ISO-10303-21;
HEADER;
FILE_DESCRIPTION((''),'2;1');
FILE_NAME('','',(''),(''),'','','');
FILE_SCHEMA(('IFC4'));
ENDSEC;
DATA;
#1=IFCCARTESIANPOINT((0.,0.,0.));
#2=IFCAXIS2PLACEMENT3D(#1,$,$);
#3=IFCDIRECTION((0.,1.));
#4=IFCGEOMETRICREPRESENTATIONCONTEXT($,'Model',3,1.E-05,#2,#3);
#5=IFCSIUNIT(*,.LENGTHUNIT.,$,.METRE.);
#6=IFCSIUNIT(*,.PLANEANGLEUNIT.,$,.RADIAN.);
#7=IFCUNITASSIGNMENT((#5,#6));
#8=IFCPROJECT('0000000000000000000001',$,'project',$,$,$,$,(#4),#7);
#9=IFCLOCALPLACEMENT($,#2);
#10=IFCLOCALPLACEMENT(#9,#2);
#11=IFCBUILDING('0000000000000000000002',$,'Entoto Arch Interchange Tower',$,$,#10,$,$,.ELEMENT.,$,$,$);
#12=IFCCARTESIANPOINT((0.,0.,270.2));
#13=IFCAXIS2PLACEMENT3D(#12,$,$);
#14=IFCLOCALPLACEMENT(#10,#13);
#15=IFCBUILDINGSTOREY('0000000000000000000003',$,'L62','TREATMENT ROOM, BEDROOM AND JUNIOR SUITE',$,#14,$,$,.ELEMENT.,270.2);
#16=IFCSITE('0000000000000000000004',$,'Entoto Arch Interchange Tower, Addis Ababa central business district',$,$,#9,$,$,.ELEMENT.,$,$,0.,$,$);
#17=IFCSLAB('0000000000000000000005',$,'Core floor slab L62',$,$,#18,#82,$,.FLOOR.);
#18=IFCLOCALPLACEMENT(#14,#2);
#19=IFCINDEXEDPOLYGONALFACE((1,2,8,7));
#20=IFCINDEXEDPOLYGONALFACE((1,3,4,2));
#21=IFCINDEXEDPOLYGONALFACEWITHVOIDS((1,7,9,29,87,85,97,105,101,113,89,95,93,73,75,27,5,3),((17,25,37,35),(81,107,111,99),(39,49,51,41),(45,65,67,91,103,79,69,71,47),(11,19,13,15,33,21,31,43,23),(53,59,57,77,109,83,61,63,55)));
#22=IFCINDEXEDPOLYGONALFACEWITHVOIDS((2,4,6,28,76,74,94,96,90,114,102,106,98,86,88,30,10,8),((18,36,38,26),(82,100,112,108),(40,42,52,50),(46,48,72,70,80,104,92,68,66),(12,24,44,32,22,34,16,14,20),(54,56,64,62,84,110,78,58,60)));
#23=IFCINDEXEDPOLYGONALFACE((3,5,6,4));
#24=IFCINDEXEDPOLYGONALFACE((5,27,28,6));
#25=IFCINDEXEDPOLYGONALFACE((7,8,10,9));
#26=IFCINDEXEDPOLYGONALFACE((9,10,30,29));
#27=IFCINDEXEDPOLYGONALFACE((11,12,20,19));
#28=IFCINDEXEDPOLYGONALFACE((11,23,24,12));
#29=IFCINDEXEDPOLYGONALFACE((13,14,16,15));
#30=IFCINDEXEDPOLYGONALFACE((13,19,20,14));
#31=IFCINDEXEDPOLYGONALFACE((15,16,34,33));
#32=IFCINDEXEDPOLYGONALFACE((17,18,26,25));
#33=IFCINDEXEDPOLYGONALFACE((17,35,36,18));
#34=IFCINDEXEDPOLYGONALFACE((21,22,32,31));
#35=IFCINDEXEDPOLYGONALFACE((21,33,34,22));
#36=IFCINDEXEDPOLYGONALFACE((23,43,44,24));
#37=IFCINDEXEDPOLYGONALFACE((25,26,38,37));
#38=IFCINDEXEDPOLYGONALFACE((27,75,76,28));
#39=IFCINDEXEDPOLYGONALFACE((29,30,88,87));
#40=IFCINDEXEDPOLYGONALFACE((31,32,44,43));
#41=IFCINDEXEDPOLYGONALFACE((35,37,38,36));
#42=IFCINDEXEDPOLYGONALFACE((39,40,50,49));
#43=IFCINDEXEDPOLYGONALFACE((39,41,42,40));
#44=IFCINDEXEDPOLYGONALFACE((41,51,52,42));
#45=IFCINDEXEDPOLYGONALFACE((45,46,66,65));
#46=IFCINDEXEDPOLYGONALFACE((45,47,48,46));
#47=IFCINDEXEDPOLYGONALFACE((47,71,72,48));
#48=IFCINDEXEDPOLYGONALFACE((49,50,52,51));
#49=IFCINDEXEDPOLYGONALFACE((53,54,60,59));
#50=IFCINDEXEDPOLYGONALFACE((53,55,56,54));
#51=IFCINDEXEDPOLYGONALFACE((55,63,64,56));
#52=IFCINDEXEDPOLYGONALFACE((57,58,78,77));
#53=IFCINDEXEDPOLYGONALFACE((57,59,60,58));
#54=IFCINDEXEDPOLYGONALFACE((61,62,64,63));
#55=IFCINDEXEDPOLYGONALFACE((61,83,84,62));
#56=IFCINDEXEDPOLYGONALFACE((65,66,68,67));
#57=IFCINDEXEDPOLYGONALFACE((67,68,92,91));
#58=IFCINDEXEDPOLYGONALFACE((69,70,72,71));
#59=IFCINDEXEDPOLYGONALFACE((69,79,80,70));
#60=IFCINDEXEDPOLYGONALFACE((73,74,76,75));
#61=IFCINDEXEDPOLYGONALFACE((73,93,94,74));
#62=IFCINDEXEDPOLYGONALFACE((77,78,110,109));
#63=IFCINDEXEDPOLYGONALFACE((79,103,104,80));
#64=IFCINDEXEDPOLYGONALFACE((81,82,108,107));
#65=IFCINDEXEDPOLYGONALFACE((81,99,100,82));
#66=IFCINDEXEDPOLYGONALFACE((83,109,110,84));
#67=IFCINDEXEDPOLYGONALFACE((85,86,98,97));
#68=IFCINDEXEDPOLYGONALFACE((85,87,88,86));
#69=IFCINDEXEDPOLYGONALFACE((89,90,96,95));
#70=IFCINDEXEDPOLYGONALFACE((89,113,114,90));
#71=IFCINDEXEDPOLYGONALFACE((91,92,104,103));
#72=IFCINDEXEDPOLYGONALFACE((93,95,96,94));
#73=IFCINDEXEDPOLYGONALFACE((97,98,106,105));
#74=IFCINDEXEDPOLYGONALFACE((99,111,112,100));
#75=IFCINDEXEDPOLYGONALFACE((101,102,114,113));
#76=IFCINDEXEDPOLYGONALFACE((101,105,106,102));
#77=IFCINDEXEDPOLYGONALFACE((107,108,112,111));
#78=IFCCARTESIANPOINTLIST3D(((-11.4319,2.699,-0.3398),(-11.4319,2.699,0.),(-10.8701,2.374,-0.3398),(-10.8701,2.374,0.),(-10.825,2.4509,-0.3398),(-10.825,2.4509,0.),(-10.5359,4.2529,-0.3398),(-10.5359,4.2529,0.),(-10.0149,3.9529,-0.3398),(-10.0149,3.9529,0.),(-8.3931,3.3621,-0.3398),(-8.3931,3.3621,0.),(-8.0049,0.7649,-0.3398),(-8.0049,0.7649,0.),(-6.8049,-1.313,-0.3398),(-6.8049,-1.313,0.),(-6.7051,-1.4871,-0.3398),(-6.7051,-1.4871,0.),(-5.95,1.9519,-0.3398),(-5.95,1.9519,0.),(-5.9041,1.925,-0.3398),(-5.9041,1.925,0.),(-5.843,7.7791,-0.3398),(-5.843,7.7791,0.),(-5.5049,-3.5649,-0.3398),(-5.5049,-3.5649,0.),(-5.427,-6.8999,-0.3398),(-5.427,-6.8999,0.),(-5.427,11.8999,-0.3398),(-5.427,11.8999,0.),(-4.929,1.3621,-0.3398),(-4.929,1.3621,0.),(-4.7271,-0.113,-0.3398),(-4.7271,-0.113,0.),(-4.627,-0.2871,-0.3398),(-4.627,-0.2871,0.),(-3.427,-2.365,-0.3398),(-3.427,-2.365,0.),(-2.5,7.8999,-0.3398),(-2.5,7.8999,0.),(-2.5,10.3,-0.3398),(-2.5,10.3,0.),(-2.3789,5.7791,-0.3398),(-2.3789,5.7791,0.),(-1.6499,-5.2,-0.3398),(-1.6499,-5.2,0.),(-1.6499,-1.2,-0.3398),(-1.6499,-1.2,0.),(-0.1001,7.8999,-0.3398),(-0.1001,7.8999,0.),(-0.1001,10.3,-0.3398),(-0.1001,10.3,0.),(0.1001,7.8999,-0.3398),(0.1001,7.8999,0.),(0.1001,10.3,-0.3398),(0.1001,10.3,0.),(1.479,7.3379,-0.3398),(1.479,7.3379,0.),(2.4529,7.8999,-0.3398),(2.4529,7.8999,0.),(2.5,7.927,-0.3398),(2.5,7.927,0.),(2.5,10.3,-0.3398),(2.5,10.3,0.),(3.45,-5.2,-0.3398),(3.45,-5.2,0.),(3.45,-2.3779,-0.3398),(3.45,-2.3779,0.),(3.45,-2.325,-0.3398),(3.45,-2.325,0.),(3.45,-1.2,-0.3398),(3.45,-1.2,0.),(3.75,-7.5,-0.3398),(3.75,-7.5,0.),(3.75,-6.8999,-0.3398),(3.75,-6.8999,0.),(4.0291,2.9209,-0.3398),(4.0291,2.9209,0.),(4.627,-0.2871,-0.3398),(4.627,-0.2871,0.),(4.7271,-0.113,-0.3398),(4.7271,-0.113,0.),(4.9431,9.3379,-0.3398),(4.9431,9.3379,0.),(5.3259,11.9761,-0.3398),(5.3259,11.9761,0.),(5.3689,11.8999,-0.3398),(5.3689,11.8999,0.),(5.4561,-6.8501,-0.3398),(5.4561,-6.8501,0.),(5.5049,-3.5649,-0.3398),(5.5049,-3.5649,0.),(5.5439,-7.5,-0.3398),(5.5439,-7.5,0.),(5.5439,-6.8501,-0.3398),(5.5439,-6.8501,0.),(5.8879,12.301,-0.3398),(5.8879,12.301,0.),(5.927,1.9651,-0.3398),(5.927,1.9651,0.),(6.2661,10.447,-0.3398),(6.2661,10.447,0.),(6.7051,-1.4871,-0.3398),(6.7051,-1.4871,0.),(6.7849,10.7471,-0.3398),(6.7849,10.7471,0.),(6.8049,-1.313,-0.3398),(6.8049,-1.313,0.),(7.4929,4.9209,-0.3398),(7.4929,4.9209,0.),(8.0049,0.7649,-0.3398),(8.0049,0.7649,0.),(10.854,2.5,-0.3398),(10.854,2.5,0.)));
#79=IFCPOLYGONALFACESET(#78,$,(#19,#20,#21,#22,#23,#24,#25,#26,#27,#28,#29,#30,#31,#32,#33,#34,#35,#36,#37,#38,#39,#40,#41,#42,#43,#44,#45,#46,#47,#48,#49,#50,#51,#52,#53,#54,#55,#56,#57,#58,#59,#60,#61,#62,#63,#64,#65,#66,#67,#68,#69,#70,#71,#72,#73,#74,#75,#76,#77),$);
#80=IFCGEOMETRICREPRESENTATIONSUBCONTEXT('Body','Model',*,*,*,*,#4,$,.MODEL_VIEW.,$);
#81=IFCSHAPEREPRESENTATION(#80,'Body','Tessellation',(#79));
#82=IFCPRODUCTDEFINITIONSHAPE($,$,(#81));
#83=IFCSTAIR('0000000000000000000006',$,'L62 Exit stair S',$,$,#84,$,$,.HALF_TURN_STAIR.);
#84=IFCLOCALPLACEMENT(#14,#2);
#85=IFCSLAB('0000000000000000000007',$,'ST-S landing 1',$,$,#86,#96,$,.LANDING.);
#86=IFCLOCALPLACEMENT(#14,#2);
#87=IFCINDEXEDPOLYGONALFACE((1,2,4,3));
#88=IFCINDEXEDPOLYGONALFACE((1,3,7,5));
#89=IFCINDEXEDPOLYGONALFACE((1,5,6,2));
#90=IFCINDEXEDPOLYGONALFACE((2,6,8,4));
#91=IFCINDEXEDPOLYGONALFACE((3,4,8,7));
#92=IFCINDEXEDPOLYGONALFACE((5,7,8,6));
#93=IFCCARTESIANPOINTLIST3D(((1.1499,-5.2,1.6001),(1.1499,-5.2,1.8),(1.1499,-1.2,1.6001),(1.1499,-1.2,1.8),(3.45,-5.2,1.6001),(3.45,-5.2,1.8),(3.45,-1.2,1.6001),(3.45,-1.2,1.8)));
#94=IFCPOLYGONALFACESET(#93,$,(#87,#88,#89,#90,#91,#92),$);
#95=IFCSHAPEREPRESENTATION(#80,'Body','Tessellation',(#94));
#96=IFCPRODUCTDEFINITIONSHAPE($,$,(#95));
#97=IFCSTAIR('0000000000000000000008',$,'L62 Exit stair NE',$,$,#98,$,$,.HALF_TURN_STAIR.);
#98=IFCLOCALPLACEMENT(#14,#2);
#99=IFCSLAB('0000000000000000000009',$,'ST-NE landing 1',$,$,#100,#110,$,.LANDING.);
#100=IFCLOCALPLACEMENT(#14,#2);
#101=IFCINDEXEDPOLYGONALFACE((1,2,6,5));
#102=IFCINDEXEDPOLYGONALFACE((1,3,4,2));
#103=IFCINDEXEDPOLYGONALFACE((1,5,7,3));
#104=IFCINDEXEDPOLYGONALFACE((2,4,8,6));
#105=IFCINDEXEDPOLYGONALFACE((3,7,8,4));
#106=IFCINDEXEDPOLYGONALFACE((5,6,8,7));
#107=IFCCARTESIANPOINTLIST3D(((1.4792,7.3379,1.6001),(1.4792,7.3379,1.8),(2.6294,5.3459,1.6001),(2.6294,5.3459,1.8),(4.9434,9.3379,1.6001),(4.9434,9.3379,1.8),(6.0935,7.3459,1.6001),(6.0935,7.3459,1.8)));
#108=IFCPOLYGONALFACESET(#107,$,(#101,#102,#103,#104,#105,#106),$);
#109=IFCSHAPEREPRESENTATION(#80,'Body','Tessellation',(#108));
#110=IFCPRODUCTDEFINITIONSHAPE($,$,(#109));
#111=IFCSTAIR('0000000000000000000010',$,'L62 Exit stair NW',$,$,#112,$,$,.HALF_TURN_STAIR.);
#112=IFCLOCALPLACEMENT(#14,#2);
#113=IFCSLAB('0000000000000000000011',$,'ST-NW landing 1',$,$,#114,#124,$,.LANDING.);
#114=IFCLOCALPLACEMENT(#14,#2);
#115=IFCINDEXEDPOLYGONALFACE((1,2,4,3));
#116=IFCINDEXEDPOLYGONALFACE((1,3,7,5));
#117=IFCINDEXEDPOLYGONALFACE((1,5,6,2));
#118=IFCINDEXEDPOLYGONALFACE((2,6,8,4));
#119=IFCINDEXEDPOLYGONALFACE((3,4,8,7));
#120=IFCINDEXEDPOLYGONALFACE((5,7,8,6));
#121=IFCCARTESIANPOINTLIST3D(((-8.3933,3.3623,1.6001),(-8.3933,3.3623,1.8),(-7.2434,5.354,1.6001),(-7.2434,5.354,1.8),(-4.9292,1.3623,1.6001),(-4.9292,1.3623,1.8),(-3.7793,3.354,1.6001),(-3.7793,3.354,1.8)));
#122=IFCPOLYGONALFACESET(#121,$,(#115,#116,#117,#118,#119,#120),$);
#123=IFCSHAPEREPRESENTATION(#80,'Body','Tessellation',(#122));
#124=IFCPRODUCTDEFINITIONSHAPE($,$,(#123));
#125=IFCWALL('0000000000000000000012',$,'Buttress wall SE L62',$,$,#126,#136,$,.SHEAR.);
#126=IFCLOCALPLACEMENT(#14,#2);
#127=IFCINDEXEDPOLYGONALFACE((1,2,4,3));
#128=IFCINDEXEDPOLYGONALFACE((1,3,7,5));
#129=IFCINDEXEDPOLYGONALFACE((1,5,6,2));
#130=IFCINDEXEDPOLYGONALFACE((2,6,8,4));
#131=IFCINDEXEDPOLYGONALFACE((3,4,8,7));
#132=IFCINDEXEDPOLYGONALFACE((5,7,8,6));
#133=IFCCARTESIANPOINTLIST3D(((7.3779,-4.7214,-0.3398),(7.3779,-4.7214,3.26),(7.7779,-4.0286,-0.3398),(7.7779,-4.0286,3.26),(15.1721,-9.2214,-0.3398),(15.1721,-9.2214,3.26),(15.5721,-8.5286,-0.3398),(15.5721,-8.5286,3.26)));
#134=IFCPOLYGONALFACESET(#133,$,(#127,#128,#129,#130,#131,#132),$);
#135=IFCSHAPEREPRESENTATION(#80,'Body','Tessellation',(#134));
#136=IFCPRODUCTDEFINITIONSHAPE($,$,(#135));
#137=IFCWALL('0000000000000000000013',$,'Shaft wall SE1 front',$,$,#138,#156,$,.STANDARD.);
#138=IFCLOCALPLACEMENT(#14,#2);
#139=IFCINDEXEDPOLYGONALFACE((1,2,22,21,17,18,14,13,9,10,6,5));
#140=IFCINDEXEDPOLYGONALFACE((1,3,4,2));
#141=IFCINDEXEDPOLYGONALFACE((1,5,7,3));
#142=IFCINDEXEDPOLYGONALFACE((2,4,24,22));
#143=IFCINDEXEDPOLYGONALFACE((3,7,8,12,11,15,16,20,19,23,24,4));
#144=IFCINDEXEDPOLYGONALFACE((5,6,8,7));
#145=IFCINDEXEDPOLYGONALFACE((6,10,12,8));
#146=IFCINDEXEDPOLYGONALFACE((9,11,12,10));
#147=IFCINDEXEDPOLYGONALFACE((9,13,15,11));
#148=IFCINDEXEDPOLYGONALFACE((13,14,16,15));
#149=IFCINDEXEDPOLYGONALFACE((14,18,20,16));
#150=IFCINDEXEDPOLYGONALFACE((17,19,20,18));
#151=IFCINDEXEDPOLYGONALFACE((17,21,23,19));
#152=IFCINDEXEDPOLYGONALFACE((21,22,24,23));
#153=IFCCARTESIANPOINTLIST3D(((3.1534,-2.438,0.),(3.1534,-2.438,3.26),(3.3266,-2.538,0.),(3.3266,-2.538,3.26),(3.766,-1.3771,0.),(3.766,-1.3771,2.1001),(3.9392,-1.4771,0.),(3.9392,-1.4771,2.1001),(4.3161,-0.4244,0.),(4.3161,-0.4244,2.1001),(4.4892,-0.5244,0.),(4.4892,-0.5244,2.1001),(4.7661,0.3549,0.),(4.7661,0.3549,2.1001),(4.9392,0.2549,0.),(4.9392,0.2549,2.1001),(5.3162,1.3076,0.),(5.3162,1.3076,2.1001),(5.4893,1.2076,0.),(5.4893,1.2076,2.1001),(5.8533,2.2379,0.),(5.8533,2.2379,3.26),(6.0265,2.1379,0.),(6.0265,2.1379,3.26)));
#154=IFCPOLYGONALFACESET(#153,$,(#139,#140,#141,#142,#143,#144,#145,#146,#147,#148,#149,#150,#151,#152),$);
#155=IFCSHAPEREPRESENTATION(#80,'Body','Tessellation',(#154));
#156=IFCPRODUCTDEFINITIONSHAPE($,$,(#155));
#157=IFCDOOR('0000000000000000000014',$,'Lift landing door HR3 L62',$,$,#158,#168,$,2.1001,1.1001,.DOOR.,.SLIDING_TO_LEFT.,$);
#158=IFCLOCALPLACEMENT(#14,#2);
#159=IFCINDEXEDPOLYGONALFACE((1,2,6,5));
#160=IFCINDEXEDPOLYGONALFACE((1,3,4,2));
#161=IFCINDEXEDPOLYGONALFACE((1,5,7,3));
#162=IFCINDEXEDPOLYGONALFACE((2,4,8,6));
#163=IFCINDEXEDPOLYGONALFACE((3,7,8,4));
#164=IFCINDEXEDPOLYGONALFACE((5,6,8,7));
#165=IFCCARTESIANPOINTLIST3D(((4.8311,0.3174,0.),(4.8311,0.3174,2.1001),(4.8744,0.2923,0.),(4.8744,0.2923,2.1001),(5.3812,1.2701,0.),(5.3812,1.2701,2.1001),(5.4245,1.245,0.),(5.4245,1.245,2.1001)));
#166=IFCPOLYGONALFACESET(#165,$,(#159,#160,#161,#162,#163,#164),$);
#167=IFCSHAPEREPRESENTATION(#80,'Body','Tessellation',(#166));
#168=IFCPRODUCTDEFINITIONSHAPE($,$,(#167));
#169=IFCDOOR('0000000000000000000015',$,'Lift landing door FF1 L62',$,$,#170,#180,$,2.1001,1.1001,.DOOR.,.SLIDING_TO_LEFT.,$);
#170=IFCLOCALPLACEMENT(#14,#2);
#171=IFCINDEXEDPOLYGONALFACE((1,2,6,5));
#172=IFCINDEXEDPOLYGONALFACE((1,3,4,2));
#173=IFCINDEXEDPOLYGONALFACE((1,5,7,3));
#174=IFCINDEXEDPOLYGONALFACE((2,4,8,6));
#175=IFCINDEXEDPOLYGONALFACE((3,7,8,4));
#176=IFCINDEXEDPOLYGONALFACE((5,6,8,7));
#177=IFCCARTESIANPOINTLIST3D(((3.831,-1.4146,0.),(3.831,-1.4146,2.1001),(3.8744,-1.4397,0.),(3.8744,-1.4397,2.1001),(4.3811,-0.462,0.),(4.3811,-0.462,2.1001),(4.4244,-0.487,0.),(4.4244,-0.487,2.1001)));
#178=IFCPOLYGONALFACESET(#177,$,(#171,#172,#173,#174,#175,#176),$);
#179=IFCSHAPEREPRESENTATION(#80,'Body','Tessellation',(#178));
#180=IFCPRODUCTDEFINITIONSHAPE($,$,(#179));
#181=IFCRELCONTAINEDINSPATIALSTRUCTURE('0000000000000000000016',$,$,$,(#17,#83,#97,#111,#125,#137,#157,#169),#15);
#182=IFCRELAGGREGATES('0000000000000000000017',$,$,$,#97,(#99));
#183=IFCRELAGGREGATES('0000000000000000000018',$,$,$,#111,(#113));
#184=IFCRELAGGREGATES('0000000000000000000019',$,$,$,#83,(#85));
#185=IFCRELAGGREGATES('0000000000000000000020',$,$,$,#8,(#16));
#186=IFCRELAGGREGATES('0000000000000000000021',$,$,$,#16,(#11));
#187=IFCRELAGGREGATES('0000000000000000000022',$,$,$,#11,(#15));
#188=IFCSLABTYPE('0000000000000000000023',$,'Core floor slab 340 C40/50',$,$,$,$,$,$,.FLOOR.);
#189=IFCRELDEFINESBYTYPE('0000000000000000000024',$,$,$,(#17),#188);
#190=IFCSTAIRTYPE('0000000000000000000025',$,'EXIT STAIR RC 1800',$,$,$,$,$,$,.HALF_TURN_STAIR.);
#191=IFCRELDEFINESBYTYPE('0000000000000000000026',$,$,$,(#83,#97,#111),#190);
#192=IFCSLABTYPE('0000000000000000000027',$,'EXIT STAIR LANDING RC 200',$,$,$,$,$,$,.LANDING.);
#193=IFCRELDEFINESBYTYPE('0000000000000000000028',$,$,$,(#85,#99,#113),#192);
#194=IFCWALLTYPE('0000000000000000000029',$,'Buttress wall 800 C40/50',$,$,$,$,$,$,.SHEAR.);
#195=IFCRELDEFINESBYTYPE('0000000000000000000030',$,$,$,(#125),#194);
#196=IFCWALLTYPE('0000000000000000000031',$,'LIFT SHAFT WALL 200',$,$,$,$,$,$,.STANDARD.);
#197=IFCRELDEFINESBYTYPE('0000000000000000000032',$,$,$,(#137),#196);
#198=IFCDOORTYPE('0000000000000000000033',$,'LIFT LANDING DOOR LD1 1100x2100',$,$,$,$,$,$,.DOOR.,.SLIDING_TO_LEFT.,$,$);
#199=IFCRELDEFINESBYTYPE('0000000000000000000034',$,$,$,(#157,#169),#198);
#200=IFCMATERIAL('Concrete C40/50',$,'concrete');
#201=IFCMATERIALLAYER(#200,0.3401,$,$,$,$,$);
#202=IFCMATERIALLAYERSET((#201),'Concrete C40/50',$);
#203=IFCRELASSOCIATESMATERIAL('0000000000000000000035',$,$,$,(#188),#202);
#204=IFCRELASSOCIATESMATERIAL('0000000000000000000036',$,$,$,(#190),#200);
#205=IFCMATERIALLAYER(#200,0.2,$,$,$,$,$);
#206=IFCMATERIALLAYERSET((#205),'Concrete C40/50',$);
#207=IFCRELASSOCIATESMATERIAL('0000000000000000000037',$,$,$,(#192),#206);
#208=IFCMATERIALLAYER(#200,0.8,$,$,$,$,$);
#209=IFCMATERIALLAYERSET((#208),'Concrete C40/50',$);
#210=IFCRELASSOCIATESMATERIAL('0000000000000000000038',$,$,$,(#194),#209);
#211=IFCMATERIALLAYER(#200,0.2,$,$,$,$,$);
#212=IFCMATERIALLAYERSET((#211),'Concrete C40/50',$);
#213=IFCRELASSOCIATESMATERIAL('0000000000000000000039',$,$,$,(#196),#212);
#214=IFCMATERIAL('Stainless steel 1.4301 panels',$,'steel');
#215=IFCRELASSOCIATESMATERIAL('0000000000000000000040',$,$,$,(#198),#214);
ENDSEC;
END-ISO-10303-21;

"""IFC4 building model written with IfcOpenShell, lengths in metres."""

from ifc_helpers import new_model, si_unit, direction, frame, frame_2d, origin, place, context, subcontext, project, spatial, polyline, rectangle, outline, extrude, material, layer, layer_set, type_object, element, fill, aggregate, save


model = new_model("IFC4")

# Units and contexts
model_context = context("Model", 3, precision=1e-05, world=origin(), true_north=direction((0.0, 1.0)))
body_context = subcontext(model_context, "Body", "Model", "MODEL_VIEW")
ifc_project = project(units=[si_unit("LENGTHUNIT", "METRE"), si_unit("PLANEANGLEUNIT", "RADIAN")], contexts=[model_context])

# Site, building, storey
site_placement = place(None, origin())
site = spatial("IfcSite", under=ifc_project, at=site_placement, Name="Entoto Arch Interchange Tower, Addis Ababa central business district", CompositionType="ELEMENT", RefElevation=0.0)
building_placement = place(site_placement, origin())
building = spatial("IfcBuilding", under=site, at=building_placement, Name="Entoto Arch Interchange Tower", CompositionType="ELEMENT")
storey_placement = place(building_placement, frame((0.0, 0.0, 270.2)))
storey = spatial("IfcBuildingStorey", under=building, at=storey_placement, Name="L62", Description="TREATMENT ROOM, BEDROOM AND JUNIOR SUITE", CompositionType="ELEMENT", Elevation=270.2)

# Slab
ifc_material_1 = material(Name="Concrete C40/50", Category="concrete")
ifc_layer_1 = layer(ifc_material_1, 0.3401)
ifc_layer_set_1 = layer_set([ifc_layer_1], Name="Concrete C40/50")
slab_type_1 = type_object("IfcSlabType", Name="Core floor slab 340 C40/50", PredefinedType="FLOOR", material=ifc_layer_set_1)
slab_1_placement = place(storey_placement, frame((0.0, 0.0, -0.3398)))
element("IfcSlab", 1, at=slab_1_placement, inside=storey, type_object=slab_type_1, Name="Core floor slab L62", PredefinedType="FLOOR", context=body_context, shape_type="SweptSolid", body=[
    extrude(outline(polyline([(-10.825, 2.4509), (-10.8701, 2.374), (-11.4319, 2.699), (-10.5359, 4.2529), (-10.0149, 3.9529), (-5.427, 11.8999), (5.3689, 11.8999), (5.3259, 11.9761), (5.8879, 12.301), (6.7849, 10.7471), (6.2661, 10.447), (10.854, 2.5), (5.4561, -6.8501), (5.5439, -6.8501), (5.5439, -7.5), (3.75, -7.5), (3.75, -6.8999), (-5.427, -6.8999), (-10.825, 2.4509)]), holes=[polyline([(-1.6499, -5.2), (3.45, -5.2), (3.45, -2.3779), (5.5049, -3.5649), (6.7051, -1.4871), (4.627, -0.2871), (3.45, -2.325), (3.45, -1.2), (-1.6499, -1.2), (-1.6499, -5.2)]), polyline([(-4.627, -0.2871), (-6.7051, -1.4871), (-5.5049, -3.5649), (-3.427, -2.365), (-4.627, -0.2871)]), polyline([(-5.9041, 1.925), (-4.929, 1.3621), (-2.3789, 5.7791), (-5.843, 7.7791), (-8.3931, 3.3621), (-5.95, 1.9519), (-8.0049, 0.7649), (-6.8049, -1.313), (-4.7271, -0.113), (-5.9041, 1.925)]), polyline([(4.7271, -0.113), (6.8049, -1.313), (8.0049, 0.7649), (5.927, 1.9651), (4.7271, -0.113)]), polyline([(2.5, 7.927), (2.5, 10.3), (0.1001, 10.3), (0.1001, 7.8999), (2.4529, 7.8999), (1.479, 7.3379), (4.0291, 2.9209), (7.4929, 4.9209), (4.9431, 9.3379), (2.5, 7.927)]), polyline([(-2.5, 7.8999), (-0.1001, 7.8999), (-0.1001, 10.3), (-2.5, 10.3), (-2.5, 7.8999)])]), origin(), (0.0, 0.0, 1.0), 0.3398),
])

# Stairs, slabs
stair_type = type_object("IfcStairType", Name="EXIT STAIR RC 1800", PredefinedType="HALF_TURN_STAIR", material=ifc_material_1)
stair_1_placement = place(storey_placement, origin())
stair_1 = element("IfcStair", 2, at=stair_1_placement, inside=storey, type_object=stair_type, Name="L62 Exit stair S", PredefinedType="HALF_TURN_STAIR")
ifc_layer_2 = layer(ifc_material_1, 0.2)
ifc_layer_set_2 = layer_set([ifc_layer_2], Name="Concrete C40/50")
slab_type_2 = type_object("IfcSlabType", Name="EXIT STAIR LANDING RC 200", PredefinedType="LANDING", material=ifc_layer_set_2)
slab_2_placement = place(storey_placement, frame((0.0, 0.0, 1.6001)))
slab_2 = element("IfcSlab", 3, at=slab_2_placement, type_object=slab_type_2, Name="ST-S landing 1", PredefinedType="LANDING", context=body_context, shape_type="SweptSolid", body=[
    extrude(outline(polyline([(1.1499, -5.2), (3.45, -5.2), (3.45, -1.2), (1.1499, -1.2), (1.1499, -5.2)])), origin(), (0.0, 0.0, 1.0), 0.2),
])
stair_2_placement = place(storey_placement, origin())
stair_2 = element("IfcStair", 4, at=stair_2_placement, inside=storey, type_object=stair_type, Name="L62 Exit stair NE", PredefinedType="HALF_TURN_STAIR")
slab_3_placement = place(storey_placement, frame((0.0, 0.0, 1.6001)))
slab_3 = element("IfcSlab", 5, at=slab_3_placement, type_object=slab_type_2, Name="ST-NE landing 1", PredefinedType="LANDING", context=body_context, shape_type="SweptSolid", body=[
    extrude(outline(polyline([(6.0935, 7.3459), (4.9434, 9.3379), (1.4792, 7.3379), (2.6294, 5.3459), (6.0935, 7.3459)])), origin(), (0.0, 0.0, 1.0), 0.2),
])
aggregate(stair_2, [slab_3])
stair_3_placement = place(storey_placement, origin())
stair_3 = element("IfcStair", 6, at=stair_3_placement, inside=storey, type_object=stair_type, Name="L62 Exit stair NW", PredefinedType="HALF_TURN_STAIR")
slab_4_placement = place(storey_placement, frame((0.0, 0.0, 1.6001)))
slab_4 = element("IfcSlab", 7, at=slab_4_placement, type_object=slab_type_2, Name="ST-NW landing 1", PredefinedType="LANDING", context=body_context, shape_type="SweptSolid", body=[
    extrude(outline(polyline([(-7.2434, 5.354), (-8.3933, 3.3623), (-4.9292, 1.3623), (-3.7793, 3.354), (-7.2434, 5.354)])), origin(), (0.0, 0.0, 1.0), 0.2),
])
aggregate(stair_3, [slab_4])

# Wall
ifc_layer_3 = layer(ifc_material_1, 0.8)
ifc_layer_set_3 = layer_set([ifc_layer_3], Name="Concrete C40/50")
wall_type_1 = type_object("IfcWallType", Name="Buttress wall 800 C40/50", PredefinedType="SHEAR", material=ifc_layer_set_3)
wall_1_placement = place(storey_placement, frame((7.5779, -4.375, -0.3398), z_axis=(0.0, 0.0, 1.0), x_axis=(0.866024, -0.500002, 0.0)))
element("IfcWall", 8, at=wall_1_placement, inside=storey, type_object=wall_type_1, Name="Buttress wall SE L62", PredefinedType="SHEAR", context=body_context, shape_type="SweptSolid", body=[
    extrude(rectangle(XDim=9.0, YDim=0.8, at=frame_2d((4.5, 0.0))), origin(), (0.0, 0.0, 1.0), 3.5999),
])

# Wall, openings, doors
ifc_layer_4 = layer(ifc_material_1, 0.2)
ifc_layer_set_4 = layer_set([ifc_layer_4], Name="Concrete C40/50")
wall_type_2 = type_object("IfcWallType", Name="LIFT SHAFT WALL 200", PredefinedType="STANDARD", material=ifc_layer_set_4)
wall_2_placement = place(storey_placement, frame((3.24, -2.488, 0.0), z_axis=(0.0, 0.0, 1.0), x_axis=(0.500034, 0.866006, 0.0)))
wall_2 = element("IfcWall", 9, at=wall_2_placement, inside=storey, type_object=wall_type_2, Name="Shaft wall SE1 front", PredefinedType="STANDARD", context=body_context, shape_type="SweptSolid", body=[
    extrude(rectangle(XDim=5.3994, YDim=0.2, at=frame_2d((2.6997, 0.0))), origin(), (0.0, 0.0, 1.0), 3.26),
])
opening_1_placement = place(wall_2_placement, frame((3.2251, 0.0, 0.0)))
opening_1 = element("IfcOpeningElement", 10, at=opening_1_placement, cuts=wall_2, PredefinedType="OPENING", context=body_context, shape_type="SweptSolid", body=[
    extrude(rectangle(XDim=1.1001, YDim=2.1001, at=frame_2d((0.55, 1.05))), frame((0.0, 0.1099, 0.0), z_axis=(0.0, -1.0, 0.0), x_axis=(1.0, 0.0, 0.0)), (0.0, 0.0, 1.0), 0.22),
])
opening_2_placement = place(wall_2_placement, frame((1.2251, 0.0, 0.0)))
opening_2 = element("IfcOpeningElement", 11, at=opening_2_placement, cuts=wall_2, PredefinedType="OPENING", context=body_context, shape_type="SweptSolid", body=[
    extrude(rectangle(XDim=1.1001, YDim=2.1001, at=frame_2d((0.55, 1.05))), frame((0.0, 0.1099, 0.0), z_axis=(0.0, -1.0, 0.0), x_axis=(1.0, 0.0, 0.0)), (0.0, 0.0, 1.0), 0.22),
])
ifc_material_2 = material(Name="Stainless steel 1.4301 panels", Category="steel")
door_type = type_object("IfcDoorType", Name="LIFT LANDING DOOR LD1 1100x2100", OperationType="SLIDING_TO_LEFT", PredefinedType="DOOR", material=ifc_material_2)
door_1_placement = place(opening_1_placement, origin())
door_1 = element("IfcDoor", 12, at=door_1_placement, inside=storey, type_object=door_type, Name="Lift landing door HR3 L62", OperationType="SLIDING_TO_LEFT", OverallHeight=2.1001, OverallWidth=1.1001, PredefinedType="DOOR", context=body_context, shape_type="SweptSolid", body=[
    extrude(rectangle(XDim=1.1001, YDim=2.1001, at=frame_2d((0.55, 1.05))), frame((0.0, 0.0249, 0.0), z_axis=(0.0, -1.0, 0.0), x_axis=(1.0, 0.0, 0.0)), (0.0, 0.0, 1.0), 0.05),
])
fill(opening_1, door_1)
door_2_placement = place(opening_2_placement, origin())
door_2 = element("IfcDoor", 13, at=door_2_placement, inside=storey, type_object=door_type, Name="Lift landing door FF1 L62", OperationType="SLIDING_TO_LEFT", OverallHeight=2.1001, OverallWidth=1.1001, PredefinedType="DOOR", context=body_context, shape_type="SweptSolid", body=[
    extrude(rectangle(XDim=1.1001, YDim=2.1001, at=frame_2d((0.55, 1.05))), frame((0.0, 0.0249, 0.0), z_axis=(0.0, -1.0, 0.0), x_axis=(1.0, 0.0, 0.0)), (0.0, 0.0, 1.0), 0.05),
])
fill(opening_2, door_2)

aggregate(stair_1, [slab_2])

save(model, "model.ifc")
